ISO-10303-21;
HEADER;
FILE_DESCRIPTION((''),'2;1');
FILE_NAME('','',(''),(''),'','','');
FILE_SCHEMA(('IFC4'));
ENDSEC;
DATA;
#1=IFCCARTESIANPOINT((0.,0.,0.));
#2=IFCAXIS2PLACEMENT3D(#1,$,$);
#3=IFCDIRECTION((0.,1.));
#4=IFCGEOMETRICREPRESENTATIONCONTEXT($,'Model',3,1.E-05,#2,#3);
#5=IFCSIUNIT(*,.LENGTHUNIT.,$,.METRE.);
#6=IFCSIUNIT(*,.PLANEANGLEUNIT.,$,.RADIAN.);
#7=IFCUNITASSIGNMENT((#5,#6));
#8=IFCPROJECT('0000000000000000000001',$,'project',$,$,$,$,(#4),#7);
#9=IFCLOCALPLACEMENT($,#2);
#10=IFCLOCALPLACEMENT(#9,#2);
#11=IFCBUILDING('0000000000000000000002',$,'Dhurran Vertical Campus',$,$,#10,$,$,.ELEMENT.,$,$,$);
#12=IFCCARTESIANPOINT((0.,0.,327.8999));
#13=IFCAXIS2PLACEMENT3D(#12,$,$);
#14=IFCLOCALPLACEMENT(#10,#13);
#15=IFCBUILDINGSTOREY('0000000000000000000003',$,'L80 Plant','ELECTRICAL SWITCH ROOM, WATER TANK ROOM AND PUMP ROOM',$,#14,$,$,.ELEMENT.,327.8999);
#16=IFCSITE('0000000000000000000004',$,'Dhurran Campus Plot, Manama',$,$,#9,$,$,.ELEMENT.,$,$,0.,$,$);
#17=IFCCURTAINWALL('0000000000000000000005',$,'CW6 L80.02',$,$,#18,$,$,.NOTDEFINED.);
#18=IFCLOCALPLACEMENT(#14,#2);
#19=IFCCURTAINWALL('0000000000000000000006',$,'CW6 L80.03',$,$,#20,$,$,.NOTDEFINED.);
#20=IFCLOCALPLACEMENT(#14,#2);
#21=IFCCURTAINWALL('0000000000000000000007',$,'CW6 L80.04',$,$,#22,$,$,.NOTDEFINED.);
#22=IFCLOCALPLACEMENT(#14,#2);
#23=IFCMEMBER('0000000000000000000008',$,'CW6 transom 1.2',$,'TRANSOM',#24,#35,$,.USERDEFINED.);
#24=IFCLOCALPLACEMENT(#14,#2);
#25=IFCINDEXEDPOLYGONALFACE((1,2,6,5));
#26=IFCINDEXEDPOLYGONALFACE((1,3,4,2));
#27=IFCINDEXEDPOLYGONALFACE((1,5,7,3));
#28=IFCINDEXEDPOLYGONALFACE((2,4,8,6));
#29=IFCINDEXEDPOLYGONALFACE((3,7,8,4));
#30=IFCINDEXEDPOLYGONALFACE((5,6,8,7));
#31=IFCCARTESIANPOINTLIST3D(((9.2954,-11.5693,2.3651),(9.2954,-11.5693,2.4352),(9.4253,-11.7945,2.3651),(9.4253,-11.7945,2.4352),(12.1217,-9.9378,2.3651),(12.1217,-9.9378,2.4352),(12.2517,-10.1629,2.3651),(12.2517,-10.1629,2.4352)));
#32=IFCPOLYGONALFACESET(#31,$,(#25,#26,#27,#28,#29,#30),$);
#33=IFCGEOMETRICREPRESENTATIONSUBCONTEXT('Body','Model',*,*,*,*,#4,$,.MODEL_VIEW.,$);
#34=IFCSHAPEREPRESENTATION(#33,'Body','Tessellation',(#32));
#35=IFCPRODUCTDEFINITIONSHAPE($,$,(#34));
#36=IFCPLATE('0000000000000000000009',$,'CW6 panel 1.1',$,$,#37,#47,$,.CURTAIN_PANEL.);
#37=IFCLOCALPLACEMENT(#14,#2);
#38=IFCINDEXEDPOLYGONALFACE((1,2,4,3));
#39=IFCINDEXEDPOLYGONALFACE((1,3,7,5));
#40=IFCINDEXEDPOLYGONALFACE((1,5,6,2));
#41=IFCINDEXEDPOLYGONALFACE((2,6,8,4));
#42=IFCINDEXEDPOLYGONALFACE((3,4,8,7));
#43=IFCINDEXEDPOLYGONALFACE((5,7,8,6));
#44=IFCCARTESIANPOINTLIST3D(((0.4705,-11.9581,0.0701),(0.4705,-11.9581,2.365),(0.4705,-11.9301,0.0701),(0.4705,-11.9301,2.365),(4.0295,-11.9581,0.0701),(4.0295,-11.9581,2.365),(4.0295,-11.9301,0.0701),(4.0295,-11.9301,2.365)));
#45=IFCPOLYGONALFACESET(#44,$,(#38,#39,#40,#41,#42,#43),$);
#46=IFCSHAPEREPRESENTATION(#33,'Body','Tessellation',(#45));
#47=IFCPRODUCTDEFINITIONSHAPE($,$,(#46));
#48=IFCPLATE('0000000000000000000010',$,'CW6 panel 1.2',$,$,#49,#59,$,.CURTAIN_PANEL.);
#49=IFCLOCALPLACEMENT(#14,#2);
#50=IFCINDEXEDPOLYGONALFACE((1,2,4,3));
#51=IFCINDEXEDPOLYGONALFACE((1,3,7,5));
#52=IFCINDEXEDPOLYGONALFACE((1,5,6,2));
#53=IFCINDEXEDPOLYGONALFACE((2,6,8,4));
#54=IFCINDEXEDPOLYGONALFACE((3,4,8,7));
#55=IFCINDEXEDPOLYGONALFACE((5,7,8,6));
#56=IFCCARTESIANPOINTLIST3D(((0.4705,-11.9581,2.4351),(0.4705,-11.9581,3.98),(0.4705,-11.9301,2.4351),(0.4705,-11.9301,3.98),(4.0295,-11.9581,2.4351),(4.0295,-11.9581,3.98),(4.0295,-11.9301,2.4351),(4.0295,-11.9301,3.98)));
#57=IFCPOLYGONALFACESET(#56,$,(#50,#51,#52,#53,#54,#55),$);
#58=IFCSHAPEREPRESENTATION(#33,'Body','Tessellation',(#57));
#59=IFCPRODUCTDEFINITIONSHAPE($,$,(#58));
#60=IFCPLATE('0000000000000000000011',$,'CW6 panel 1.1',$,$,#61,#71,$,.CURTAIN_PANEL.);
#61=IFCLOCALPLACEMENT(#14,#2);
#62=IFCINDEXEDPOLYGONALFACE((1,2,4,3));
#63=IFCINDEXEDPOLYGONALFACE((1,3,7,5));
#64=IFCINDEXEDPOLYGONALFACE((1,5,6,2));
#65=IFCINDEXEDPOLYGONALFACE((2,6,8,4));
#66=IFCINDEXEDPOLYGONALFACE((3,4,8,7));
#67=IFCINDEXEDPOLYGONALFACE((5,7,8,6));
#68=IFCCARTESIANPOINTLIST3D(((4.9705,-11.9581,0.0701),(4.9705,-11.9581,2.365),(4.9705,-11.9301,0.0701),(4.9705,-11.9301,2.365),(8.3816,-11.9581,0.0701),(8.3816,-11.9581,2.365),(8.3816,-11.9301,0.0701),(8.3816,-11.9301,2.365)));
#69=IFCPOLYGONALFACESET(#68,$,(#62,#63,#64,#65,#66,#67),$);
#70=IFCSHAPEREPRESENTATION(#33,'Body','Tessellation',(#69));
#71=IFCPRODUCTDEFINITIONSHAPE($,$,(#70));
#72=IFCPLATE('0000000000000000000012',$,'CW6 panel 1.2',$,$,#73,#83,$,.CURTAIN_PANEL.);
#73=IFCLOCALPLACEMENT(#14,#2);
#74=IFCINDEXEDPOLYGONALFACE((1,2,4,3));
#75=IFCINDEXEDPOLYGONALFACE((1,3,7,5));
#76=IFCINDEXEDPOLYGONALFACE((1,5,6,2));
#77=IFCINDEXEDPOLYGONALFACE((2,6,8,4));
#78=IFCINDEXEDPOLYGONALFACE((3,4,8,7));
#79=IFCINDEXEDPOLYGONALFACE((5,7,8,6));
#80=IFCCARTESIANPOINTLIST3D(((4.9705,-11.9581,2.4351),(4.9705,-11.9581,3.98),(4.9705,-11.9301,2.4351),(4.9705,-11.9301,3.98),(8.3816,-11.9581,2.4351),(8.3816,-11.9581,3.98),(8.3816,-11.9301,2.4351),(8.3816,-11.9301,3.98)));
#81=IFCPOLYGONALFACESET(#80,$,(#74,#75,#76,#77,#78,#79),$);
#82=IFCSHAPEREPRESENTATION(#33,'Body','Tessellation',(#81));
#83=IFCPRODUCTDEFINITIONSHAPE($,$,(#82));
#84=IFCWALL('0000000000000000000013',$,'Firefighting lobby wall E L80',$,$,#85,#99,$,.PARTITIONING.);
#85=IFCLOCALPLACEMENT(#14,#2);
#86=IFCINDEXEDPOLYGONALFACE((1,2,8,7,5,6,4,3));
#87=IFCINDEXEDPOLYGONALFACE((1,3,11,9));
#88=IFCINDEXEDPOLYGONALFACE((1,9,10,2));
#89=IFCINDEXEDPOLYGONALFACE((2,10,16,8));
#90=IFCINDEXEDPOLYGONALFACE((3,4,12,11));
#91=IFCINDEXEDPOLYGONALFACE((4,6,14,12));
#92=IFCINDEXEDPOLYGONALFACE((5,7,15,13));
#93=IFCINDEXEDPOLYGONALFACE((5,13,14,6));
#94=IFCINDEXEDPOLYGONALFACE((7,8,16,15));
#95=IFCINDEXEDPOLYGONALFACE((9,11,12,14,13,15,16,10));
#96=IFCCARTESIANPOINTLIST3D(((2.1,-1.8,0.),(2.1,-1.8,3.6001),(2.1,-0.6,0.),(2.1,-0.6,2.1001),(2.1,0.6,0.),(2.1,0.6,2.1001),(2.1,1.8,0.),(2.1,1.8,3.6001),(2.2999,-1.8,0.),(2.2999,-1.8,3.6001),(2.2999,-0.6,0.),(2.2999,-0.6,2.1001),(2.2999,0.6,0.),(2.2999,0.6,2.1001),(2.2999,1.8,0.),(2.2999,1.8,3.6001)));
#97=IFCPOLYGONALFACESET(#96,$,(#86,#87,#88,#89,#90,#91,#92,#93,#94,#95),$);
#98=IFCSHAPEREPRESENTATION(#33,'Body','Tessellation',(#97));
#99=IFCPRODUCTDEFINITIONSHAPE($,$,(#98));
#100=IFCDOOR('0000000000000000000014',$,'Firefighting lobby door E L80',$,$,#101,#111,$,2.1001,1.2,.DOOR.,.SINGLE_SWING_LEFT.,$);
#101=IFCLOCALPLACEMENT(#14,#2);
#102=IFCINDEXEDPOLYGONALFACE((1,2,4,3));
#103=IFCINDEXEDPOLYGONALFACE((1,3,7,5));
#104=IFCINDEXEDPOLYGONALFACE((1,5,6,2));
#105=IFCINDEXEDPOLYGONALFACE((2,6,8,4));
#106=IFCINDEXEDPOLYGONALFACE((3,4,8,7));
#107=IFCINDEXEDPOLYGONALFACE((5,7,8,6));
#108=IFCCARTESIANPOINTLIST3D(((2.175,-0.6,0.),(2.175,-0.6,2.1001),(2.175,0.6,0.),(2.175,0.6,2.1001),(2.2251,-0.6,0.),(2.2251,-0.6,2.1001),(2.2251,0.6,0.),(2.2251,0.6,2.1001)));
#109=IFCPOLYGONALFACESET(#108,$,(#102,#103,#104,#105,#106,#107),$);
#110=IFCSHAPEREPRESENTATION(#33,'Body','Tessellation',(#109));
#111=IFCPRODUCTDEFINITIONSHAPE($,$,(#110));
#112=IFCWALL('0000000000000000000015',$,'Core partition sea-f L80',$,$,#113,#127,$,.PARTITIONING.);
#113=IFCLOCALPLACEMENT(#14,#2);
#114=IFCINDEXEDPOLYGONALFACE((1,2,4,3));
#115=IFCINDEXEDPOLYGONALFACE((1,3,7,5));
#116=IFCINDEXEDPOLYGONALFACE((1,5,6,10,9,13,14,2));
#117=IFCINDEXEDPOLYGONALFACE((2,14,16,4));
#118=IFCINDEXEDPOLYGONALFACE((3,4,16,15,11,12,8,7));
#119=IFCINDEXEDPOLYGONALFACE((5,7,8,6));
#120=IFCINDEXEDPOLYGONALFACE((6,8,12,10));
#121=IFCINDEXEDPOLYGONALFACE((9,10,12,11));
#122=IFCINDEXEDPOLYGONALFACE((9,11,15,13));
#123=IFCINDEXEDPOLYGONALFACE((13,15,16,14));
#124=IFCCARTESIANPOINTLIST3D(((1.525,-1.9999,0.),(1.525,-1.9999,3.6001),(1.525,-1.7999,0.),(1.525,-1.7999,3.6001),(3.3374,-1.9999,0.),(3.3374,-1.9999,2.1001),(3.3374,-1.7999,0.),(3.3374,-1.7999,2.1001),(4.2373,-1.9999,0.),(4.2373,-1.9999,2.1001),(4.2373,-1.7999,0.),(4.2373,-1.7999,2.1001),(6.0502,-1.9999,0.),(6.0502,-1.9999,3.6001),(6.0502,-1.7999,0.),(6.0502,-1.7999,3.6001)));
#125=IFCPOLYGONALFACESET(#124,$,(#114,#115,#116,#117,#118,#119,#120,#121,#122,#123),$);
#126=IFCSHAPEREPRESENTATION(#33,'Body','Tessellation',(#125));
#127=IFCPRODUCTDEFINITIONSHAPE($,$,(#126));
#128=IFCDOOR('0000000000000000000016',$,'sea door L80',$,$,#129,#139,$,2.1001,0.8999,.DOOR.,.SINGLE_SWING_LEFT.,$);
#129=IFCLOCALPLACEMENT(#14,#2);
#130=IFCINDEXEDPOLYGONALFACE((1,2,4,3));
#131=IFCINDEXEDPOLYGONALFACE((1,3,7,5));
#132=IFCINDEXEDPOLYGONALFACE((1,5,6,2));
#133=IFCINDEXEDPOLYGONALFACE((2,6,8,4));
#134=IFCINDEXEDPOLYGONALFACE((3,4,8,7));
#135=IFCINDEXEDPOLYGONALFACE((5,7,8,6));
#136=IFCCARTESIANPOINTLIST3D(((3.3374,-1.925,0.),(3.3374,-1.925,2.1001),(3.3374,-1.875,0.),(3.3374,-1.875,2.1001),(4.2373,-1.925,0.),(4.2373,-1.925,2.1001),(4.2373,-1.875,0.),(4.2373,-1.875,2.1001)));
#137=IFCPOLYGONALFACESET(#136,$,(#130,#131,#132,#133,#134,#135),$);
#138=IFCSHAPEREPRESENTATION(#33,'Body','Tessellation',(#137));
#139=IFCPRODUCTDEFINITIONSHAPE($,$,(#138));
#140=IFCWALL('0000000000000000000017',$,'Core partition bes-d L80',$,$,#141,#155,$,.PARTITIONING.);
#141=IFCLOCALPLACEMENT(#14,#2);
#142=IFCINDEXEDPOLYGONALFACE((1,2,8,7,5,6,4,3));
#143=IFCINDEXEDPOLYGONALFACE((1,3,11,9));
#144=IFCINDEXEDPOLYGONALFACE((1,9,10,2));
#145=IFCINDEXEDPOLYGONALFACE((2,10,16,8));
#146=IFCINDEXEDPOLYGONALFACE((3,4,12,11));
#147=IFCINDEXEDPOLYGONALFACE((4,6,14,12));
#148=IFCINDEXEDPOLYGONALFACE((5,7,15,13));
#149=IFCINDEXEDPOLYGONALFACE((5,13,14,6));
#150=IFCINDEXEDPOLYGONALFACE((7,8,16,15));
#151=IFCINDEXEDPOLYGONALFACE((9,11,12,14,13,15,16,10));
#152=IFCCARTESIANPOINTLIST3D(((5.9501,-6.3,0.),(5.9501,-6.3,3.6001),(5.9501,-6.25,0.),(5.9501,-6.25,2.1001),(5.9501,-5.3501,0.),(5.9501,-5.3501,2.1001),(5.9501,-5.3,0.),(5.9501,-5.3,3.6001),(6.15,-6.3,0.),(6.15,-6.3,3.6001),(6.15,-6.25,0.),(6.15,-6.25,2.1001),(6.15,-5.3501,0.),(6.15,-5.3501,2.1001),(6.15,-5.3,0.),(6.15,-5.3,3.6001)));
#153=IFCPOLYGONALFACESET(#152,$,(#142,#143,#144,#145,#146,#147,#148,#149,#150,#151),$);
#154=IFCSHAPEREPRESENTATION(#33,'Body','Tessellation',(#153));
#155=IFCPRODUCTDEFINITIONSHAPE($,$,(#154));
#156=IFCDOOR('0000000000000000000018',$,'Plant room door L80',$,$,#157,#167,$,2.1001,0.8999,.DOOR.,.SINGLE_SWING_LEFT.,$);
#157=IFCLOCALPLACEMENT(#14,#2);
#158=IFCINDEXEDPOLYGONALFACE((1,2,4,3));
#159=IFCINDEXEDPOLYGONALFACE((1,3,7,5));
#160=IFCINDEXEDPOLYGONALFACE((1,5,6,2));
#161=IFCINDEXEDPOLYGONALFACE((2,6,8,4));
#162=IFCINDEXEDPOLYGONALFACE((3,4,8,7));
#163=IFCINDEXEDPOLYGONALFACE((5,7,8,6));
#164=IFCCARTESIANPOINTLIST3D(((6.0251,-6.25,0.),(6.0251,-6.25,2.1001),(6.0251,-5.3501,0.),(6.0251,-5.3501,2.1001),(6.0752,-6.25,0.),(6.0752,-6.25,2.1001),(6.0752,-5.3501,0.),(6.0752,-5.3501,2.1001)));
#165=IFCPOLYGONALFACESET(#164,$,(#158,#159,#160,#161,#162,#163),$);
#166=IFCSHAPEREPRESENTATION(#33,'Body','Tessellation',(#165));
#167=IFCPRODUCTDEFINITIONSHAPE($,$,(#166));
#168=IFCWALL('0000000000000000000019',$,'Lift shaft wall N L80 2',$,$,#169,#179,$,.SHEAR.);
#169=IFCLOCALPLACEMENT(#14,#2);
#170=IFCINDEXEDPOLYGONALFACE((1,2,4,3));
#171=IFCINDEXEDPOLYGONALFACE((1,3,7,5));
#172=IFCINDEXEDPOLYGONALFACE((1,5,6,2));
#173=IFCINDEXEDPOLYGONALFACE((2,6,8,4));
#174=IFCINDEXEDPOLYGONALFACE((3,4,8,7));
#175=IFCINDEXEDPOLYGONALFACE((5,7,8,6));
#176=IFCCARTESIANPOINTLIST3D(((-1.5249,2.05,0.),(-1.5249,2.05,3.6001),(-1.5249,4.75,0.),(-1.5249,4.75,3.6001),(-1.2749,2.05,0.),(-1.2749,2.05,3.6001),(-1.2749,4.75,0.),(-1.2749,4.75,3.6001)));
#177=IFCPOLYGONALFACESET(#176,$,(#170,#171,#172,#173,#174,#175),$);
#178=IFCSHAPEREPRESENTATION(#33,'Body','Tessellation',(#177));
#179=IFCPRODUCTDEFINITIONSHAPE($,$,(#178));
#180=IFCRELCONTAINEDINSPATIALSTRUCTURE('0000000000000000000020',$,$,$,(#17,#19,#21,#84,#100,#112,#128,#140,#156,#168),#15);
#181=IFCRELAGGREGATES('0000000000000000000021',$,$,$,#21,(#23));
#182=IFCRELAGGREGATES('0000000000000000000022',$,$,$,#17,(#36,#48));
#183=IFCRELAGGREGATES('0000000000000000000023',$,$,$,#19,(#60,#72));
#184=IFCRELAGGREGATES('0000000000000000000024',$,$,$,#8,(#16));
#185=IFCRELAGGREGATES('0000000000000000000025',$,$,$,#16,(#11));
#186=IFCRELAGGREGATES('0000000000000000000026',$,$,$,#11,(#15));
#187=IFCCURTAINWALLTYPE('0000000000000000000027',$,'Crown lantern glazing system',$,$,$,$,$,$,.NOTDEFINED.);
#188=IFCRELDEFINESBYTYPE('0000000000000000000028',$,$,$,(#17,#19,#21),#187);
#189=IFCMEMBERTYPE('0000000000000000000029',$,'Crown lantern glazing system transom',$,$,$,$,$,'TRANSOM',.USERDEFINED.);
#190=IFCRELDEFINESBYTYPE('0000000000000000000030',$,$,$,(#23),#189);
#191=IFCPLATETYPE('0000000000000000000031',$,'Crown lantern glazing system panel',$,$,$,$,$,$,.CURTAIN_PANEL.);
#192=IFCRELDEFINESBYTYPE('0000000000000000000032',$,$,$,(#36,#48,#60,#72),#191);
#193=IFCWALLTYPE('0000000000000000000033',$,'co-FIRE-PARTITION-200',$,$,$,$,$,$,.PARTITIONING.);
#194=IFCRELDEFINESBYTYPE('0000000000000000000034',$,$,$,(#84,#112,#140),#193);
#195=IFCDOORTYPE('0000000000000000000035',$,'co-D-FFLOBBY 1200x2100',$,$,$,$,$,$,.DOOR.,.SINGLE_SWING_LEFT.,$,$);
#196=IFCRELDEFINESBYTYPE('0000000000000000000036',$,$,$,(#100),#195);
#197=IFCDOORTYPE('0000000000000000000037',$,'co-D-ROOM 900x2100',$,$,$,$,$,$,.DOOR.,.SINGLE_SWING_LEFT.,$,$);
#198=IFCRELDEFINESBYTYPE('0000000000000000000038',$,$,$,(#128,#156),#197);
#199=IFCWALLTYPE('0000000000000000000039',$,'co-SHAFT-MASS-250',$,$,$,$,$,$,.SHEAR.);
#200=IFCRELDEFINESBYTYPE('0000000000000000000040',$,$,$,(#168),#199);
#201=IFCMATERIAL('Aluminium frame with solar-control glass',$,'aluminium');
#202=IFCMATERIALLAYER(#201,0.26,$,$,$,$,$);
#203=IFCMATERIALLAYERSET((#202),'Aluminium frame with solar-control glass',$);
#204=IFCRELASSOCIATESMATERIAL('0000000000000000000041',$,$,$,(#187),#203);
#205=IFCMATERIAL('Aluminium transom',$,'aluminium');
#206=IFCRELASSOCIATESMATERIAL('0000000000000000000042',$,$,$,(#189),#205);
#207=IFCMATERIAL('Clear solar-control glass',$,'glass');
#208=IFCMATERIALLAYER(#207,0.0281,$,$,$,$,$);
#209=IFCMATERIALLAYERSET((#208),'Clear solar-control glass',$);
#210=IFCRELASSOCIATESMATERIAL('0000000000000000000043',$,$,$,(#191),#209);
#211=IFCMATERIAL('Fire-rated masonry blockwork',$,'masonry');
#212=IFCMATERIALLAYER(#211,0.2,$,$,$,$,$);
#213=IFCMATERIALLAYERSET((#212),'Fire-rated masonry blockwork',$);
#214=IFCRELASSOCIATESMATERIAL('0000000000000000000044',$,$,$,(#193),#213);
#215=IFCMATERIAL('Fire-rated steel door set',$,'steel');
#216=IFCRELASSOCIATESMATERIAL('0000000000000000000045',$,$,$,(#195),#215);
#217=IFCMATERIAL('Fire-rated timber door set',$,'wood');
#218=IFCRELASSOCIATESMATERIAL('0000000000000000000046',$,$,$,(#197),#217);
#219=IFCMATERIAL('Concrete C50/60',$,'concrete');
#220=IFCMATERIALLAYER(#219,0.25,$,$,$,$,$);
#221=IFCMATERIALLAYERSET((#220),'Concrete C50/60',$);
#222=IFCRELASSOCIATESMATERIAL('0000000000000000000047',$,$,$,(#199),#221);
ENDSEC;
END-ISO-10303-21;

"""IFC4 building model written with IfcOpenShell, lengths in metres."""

from ifc_helpers import new_model, si_unit, direction, frame, frame_2d, origin, origin_2d, place, context, subcontext, project, spatial, polyline, rectangle, outline, extrude, material, layer, layer_set, material_profile, profile_set, type_object, element, fill, aggregate, save


model = new_model("IFC4")

# Units and contexts
model_context = context("Model", 3, precision=1e-05, world=origin(), true_north=direction((0.0, 1.0)))
body_context = subcontext(model_context, "Body", "Model", "MODEL_VIEW")
ifc_project = project(units=[si_unit("LENGTHUNIT", "METRE"), si_unit("PLANEANGLEUNIT", "RADIAN")], contexts=[model_context])

# Site, building, storey
site_placement = place(None, origin())
site = spatial("IfcSite", under=ifc_project, at=site_placement, Name="Dhurran Campus Plot, Manama", CompositionType="ELEMENT", RefElevation=0.0)
building_placement = place(site_placement, origin())
building = spatial("IfcBuilding", under=site, at=building_placement, Name="Dhurran Vertical Campus", CompositionType="ELEMENT")
storey_placement = place(building_placement, frame((0.0, 0.0, 327.8999)))
storey = spatial("IfcBuildingStorey", under=building, at=storey_placement, Name="L80 Plant", Description="ELECTRICAL SWITCH ROOM, WATER TANK ROOM AND PUMP ROOM", CompositionType="ELEMENT", Elevation=327.8999)

# Curtain walls
ifc_material_1 = material(Name="Aluminium frame with solar-control glass", Category="aluminium")
ifc_layer_1 = layer(ifc_material_1, 0.26)
ifc_layer_set_1 = layer_set([ifc_layer_1], Name="Aluminium frame with solar-control glass")
curtain_wall_type = type_object("IfcCurtainWallType", Name="Crown lantern glazing system", PredefinedType="NOTDEFINED", material=ifc_layer_set_1)
curtain_wall_1_placement = place(storey_placement, origin())
curtain_wall_1 = element("IfcCurtainWall", 1, at=curtain_wall_1_placement, inside=storey, type_object=curtain_wall_type, Name="CW6 L80.02", PredefinedType="NOTDEFINED")
curtain_wall_2_placement = place(storey_placement, origin())
curtain_wall_2 = element("IfcCurtainWall", 2, at=curtain_wall_2_placement, inside=storey, type_object=curtain_wall_type, Name="CW6 L80.03", PredefinedType="NOTDEFINED")

# Curtain wall
curtain_wall_3_placement = place(storey_placement, origin())
curtain_wall_3 = element("IfcCurtainWall", 3, at=curtain_wall_3_placement, inside=storey, type_object=curtain_wall_type, Name="CW6 L80.04", PredefinedType="NOTDEFINED")

# Member
ifc_material_2 = material(Name="Aluminium transom", Category="aluminium")
ifc_material_profile_1 = material_profile(ifc_material_2, rectangle(XDim=0.26, YDim=0.0701, at=origin_2d()), Name="Crown lantern glazing system transom")
ifc_profile_set_1 = profile_set([ifc_material_profile_1], Name="Aluminium transom")
member_type_1 = type_object("IfcMemberType", Name="Crown lantern glazing system transom", ElementType="TRANSOM", PredefinedType="USERDEFINED", material=ifc_profile_set_1)
member_1_placement = place(storey_placement, frame((9.3604, -11.6819, 2.4001), z_axis=(0.866057, 0.499945, 0.0), x_axis=(-0.499945, 0.866057, 0.0)))
member_1 = element("IfcMember", 4, at=member_1_placement, type_object=member_type_1, Name="CW6 transom 1.2", ObjectType="TRANSOM", PredefinedType="USERDEFINED", context=body_context, shape_type="SweptSolid", body=[
    extrude(rectangle(XDim=0.26, YDim=0.0701, at=origin_2d()), origin(), (0.0, 0.0, 1.0), 3.2634),
])
aggregate(curtain_wall_3, [member_1])

# Plates
ifc_material_3 = material(Name="Clear solar-control glass", Category="glass")
ifc_layer_2 = layer(ifc_material_3, 0.0281)
ifc_layer_set_2 = layer_set([ifc_layer_2], Name="Clear solar-control glass")
plate_type = type_object("IfcPlateType", Name="Crown lantern glazing system panel", PredefinedType="CURTAIN_PANEL", material=ifc_layer_set_2)
plate_1_placement = place(storey_placement, frame((2.25, -11.9441, 0.0701), z_axis=(0.0, 0.0, 1.0), x_axis=(1.0, 0.0, 0.0)))
plate_1 = element("IfcPlate", 5, at=plate_1_placement, type_object=plate_type, Name="CW6 panel 1.1", PredefinedType="CURTAIN_PANEL", context=body_context, shape_type="SweptSolid", body=[
    extrude(rectangle(XDim=3.5591, YDim=0.0281, at=origin_2d()), origin(), (0.0, 0.0, 1.0), 2.2949),
])
plate_2_placement = place(storey_placement, frame((2.25, -11.9441, 2.4351), z_axis=(0.0, 0.0, 1.0), x_axis=(1.0, 0.0, 0.0)))
plate_2 = element("IfcPlate", 6, at=plate_2_placement, type_object=plate_type, Name="CW6 panel 1.2", PredefinedType="CURTAIN_PANEL", context=body_context, shape_type="SweptSolid", body=[
    extrude(rectangle(XDim=3.5591, YDim=0.0281, at=origin_2d()), origin(), (0.0, 0.0, 1.0), 1.5449),
])
aggregate(curtain_wall_1, [plate_1, plate_2])
plate_3_placement = place(storey_placement, frame((6.676, -11.9441, 0.0701), z_axis=(0.0, 0.0, 1.0), x_axis=(1.0, 0.0, 0.0)))
plate_3 = element("IfcPlate", 7, at=plate_3_placement, type_object=plate_type, Name="CW6 panel 1.1", PredefinedType="CURTAIN_PANEL", context=body_context, shape_type="SweptSolid", body=[
    extrude(rectangle(XDim=3.4111, YDim=0.0281, at=origin_2d()), origin(), (0.0, 0.0, 1.0), 2.2949),
])
plate_4_placement = place(storey_placement, frame((6.676, -11.9441, 2.4351), z_axis=(0.0, 0.0, 1.0), x_axis=(1.0, 0.0, 0.0)))
plate_4 = element("IfcPlate", 8, at=plate_4_placement, type_object=plate_type, Name="CW6 panel 1.2", PredefinedType="CURTAIN_PANEL", context=body_context, shape_type="SweptSolid", body=[
    extrude(rectangle(XDim=3.4111, YDim=0.0281, at=origin_2d()), origin(), (0.0, 0.0, 1.0), 1.5449),
])
aggregate(curtain_wall_2, [plate_3, plate_4])

# Walls, openings, doors
ifc_material_4 = material(Name="Fire-rated masonry blockwork", Category="masonry")
ifc_layer_3 = layer(ifc_material_4, 0.2)
ifc_layer_set_3 = layer_set([ifc_layer_3], Name="Fire-rated masonry blockwork")
wall_type_1 = type_object("IfcWallType", Name="co-FIRE-PARTITION-200", PredefinedType="PARTITIONING", material=ifc_layer_set_3)
wall_1_placement = place(storey_placement, frame((2.2, -1.8, 0.0), z_axis=(0.0, 0.0, 1.0), x_axis=(0.0, 1.0, 0.0)))
wall_1 = element("IfcWall", 9, at=wall_1_placement, inside=storey, type_object=wall_type_1, Name="Firefighting lobby wall E L80", PredefinedType="PARTITIONING", context=body_context, shape_type="SweptSolid", body=[
    extrude(rectangle(XDim=3.6001, YDim=0.2, at=frame_2d((1.8, 0.0))), origin(), (0.0, 0.0, 1.0), 3.6001),
])
opening_1_placement = place(wall_1_placement, frame((1.2, 0.0, 0.0)))
opening_1 = element("IfcOpeningElement", 10, at=opening_1_placement, cuts=wall_1, PredefinedType="OPENING", context=body_context, shape_type="SweptSolid", body=[
    extrude(rectangle(XDim=1.2, YDim=2.1001, at=frame_2d((0.6001, 1.05))), frame((0.0, 0.1099, 0.0), z_axis=(0.0, -1.0, 0.0), x_axis=(1.0, 0.0, 0.0)), (0.0, 0.0, 1.0), 0.22),
])
ifc_material_5 = material(Name="Fire-rated steel door set", Category="steel")
door_type_1 = type_object("IfcDoorType", Name="co-D-FFLOBBY 1200x2100", OperationType="SINGLE_SWING_LEFT", PredefinedType="DOOR", material=ifc_material_5)
door_1_placement = place(opening_1_placement, origin())
door_1 = element("IfcDoor", 11, at=door_1_placement, inside=storey, type_object=door_type_1, Name="Firefighting lobby door E L80", OperationType="SINGLE_SWING_LEFT", OverallHeight=2.1001, OverallWidth=1.2, PredefinedType="DOOR", context=body_context, shape_type="SweptSolid", body=[
    extrude(rectangle(XDim=1.2, YDim=2.1001, at=frame_2d((0.6001, 1.05))), frame((0.0, 0.0249, 0.0), z_axis=(0.0, -1.0, 0.0), x_axis=(1.0, 0.0, 0.0)), (0.0, 0.0, 1.0), 0.05),
])
fill(opening_1, door_1)
wall_2_placement = place(storey_placement, frame((1.5249, -1.8999, 0.0), z_axis=(0.0, 0.0, 1.0), x_axis=(1.0, 0.0, 0.0)))
wall_2 = element("IfcWall", 12, at=wall_2_placement, inside=storey, type_object=wall_type_1, Name="Core partition sea-f L80", PredefinedType="PARTITIONING", context=body_context, shape_type="SweptSolid", body=[
    extrude(rectangle(XDim=4.5251, YDim=0.2, at=frame_2d((2.2627, 0.0))), origin(), (0.0, 0.0, 1.0), 3.6001),
])
opening_2_placement = place(wall_2_placement, frame((1.8125, 0.0, 0.0)))
opening_2 = element("IfcOpeningElement", 13, at=opening_2_placement, cuts=wall_2, PredefinedType="OPENING", context=body_context, shape_type="SweptSolid", body=[
    extrude(rectangle(XDim=0.8999, YDim=2.1001, at=frame_2d((0.45, 1.05))), frame((0.0, 0.1099, 0.0), z_axis=(0.0, -1.0, 0.0), x_axis=(1.0, 0.0, 0.0)), (0.0, 0.0, 1.0), 0.22),
])
ifc_material_6 = material(Name="Fire-rated timber door set", Category="wood")
door_type_2 = type_object("IfcDoorType", Name="co-D-ROOM 900x2100", OperationType="SINGLE_SWING_LEFT", PredefinedType="DOOR", material=ifc_material_6)
door_2_placement = place(opening_2_placement, origin())
door_2 = element("IfcDoor", 14, at=door_2_placement, inside=storey, type_object=door_type_2, Name="sea door L80", OperationType="SINGLE_SWING_LEFT", OverallHeight=2.1001, OverallWidth=0.8999, PredefinedType="DOOR", context=body_context, shape_type="SweptSolid", body=[
    extrude(rectangle(XDim=0.8999, YDim=2.1001, at=frame_2d((0.45, 1.05))), frame((0.0, 0.0249, 0.0), z_axis=(0.0, -1.0, 0.0), x_axis=(1.0, 0.0, 0.0)), (0.0, 0.0, 1.0), 0.05),
])
fill(opening_2, door_2)
wall_3_placement = place(storey_placement, frame((6.05, -6.3, 0.0), z_axis=(0.0, 0.0, 1.0), x_axis=(0.0, 1.0, 0.0)))
wall_3 = element("IfcWall", 15, at=wall_3_placement, inside=storey, type_object=wall_type_1, Name="Core partition bes-d L80", PredefinedType="PARTITIONING", context=body_context, shape_type="SweptSolid", body=[
    extrude(rectangle(XDim=1.0, YDim=0.2, at=frame_2d((0.5, 0.0))), origin(), (0.0, 0.0, 1.0), 3.6001),
])
opening_3_placement = place(wall_3_placement, frame((0.05, 0.0, 0.0)))
opening_3 = element("IfcOpeningElement", 16, at=opening_3_placement, cuts=wall_3, PredefinedType="OPENING", context=body_context, shape_type="SweptSolid", body=[
    extrude(rectangle(XDim=0.8999, YDim=2.1001, at=frame_2d((0.45, 1.05))), frame((0.0, 0.1099, 0.0), z_axis=(0.0, -1.0, 0.0), x_axis=(1.0, 0.0, 0.0)), (0.0, 0.0, 1.0), 0.22),
])
door_3_placement = place(opening_3_placement, origin())
door_3 = element("IfcDoor", 17, at=door_3_placement, inside=storey, type_object=door_type_2, Name="Plant room door L80", OperationType="SINGLE_SWING_LEFT", OverallHeight=2.1001, OverallWidth=0.8999, PredefinedType="DOOR", context=body_context, shape_type="SweptSolid", body=[
    extrude(rectangle(XDim=0.8999, YDim=2.1001, at=frame_2d((0.45, 1.05))), frame((0.0, 0.0249, 0.0), z_axis=(0.0, -1.0, 0.0), x_axis=(1.0, 0.0, 0.0)), (0.0, 0.0, 1.0), 0.05),
])
fill(opening_3, door_3)

# Wall
ifc_material_7 = material(Name="Concrete C50/60", Category="concrete")
ifc_layer_4 = layer(ifc_material_7, 0.25)
ifc_layer_set_4 = layer_set([ifc_layer_4], Name="Concrete C50/60")
wall_type_2 = type_object("IfcWallType", Name="co-SHAFT-MASS-250", PredefinedType="SHEAR", material=ifc_layer_set_4)
wall_4_placement = place(storey_placement, origin())
element("IfcWall", 18, at=wall_4_placement, inside=storey, type_object=wall_type_2, Name="Lift shaft wall N L80 2", PredefinedType="SHEAR", context=body_context, shape_type="SweptSolid", body=[
    extrude(outline(polyline([(-1.5249, 2.05), (-1.2749, 2.05), (-1.2749, 4.75), (-1.5249, 4.75), (-1.5249, 2.05)])), origin(), (0.0, 0.0, 1.0), 3.6001),
])

save(model, "model.ifc")
